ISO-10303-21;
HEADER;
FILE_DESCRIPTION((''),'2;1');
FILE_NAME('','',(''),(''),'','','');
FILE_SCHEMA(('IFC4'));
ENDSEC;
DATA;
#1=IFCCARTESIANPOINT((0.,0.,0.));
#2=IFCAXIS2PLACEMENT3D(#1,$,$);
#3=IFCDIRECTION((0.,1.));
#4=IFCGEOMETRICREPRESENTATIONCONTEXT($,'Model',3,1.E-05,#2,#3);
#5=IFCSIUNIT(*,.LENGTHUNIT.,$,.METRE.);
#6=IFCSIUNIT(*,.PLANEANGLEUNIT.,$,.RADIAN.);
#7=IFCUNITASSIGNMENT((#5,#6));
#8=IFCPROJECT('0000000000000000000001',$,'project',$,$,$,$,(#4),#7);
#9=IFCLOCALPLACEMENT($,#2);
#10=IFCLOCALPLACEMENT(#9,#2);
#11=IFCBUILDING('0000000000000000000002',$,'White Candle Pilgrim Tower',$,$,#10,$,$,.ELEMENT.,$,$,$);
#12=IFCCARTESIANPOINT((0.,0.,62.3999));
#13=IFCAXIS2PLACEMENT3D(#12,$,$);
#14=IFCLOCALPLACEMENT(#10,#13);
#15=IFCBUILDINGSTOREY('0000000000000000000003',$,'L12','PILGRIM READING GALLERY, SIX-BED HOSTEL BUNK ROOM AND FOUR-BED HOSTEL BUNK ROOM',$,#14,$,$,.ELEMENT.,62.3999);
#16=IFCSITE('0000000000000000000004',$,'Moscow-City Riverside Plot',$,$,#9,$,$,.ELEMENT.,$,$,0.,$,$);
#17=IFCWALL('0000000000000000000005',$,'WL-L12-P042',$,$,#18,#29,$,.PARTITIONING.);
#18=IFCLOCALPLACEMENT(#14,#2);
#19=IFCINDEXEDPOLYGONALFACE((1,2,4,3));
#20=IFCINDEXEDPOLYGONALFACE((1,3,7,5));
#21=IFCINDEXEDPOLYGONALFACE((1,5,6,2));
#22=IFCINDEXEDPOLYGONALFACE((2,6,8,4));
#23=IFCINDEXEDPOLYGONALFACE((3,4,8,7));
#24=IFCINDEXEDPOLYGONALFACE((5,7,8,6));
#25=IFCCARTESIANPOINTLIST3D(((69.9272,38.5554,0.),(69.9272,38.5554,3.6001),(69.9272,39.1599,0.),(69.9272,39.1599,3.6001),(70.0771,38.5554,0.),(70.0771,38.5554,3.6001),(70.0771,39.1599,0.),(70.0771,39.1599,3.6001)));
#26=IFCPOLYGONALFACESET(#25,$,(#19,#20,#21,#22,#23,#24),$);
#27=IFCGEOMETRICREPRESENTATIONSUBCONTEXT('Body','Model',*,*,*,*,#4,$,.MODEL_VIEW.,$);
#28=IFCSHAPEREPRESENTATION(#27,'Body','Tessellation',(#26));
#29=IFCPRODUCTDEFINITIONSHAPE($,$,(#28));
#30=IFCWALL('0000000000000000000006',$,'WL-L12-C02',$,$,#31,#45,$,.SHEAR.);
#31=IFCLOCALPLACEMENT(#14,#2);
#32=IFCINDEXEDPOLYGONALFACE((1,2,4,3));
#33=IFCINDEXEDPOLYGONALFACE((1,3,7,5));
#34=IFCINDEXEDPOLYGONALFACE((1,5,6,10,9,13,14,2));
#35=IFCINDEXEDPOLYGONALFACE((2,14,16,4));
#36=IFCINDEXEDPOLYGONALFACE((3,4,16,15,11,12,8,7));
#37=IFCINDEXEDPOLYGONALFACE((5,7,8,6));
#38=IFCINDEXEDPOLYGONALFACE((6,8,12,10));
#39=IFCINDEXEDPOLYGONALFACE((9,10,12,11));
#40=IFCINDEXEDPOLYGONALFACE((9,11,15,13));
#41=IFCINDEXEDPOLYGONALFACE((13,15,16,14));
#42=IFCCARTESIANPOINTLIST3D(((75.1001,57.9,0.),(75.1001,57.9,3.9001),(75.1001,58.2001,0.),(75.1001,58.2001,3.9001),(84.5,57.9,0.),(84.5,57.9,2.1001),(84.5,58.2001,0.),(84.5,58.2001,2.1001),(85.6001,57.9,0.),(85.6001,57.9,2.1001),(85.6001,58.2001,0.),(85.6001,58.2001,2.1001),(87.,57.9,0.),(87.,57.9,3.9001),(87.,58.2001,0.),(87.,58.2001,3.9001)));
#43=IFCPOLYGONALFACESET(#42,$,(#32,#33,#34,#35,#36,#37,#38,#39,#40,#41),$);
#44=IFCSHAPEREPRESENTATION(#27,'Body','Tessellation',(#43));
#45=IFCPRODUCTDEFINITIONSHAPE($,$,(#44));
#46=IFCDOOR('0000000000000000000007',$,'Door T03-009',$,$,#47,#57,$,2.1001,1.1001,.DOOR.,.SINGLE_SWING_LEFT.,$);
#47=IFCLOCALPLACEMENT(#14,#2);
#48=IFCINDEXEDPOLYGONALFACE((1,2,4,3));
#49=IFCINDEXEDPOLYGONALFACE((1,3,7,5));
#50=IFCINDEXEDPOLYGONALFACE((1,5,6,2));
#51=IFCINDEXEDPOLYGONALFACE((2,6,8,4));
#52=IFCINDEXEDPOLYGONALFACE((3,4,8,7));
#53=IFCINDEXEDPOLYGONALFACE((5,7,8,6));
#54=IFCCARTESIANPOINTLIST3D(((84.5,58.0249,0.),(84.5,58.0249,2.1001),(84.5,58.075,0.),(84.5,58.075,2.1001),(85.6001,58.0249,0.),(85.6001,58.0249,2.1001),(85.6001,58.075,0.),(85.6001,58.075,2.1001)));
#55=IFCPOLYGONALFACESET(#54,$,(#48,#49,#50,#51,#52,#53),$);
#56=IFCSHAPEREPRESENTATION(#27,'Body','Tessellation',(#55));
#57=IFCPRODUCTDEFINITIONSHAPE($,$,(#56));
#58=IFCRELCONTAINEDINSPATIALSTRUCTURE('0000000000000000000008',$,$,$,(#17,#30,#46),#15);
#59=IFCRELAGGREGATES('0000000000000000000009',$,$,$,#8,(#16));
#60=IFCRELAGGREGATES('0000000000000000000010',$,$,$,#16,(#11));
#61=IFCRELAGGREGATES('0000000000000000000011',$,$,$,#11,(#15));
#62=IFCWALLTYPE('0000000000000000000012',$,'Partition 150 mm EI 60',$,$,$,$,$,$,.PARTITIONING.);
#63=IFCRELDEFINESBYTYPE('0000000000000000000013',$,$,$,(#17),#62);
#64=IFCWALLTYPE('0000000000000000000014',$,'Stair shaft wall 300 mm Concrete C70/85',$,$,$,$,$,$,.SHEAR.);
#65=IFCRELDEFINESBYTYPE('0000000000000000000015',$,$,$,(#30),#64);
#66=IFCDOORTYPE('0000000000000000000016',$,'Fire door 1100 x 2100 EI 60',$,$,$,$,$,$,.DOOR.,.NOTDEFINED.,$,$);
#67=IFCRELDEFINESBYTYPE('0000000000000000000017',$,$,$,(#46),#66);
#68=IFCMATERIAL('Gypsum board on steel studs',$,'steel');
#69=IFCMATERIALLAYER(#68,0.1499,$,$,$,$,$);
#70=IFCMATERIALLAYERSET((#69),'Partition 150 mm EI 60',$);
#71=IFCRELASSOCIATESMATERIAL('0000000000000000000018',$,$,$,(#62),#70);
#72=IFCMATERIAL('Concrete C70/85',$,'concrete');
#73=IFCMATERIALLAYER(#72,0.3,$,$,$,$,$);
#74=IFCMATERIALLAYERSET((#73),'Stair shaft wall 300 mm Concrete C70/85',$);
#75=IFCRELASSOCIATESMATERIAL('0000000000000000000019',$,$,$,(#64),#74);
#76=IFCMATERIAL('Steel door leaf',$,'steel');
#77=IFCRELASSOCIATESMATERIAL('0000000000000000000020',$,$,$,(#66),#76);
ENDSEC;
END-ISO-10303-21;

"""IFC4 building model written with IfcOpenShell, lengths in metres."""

from ifc_helpers import new_model, si_unit, direction, frame, frame_2d, origin, place, context, subcontext, project, spatial, rectangle, extrude, material, layer, layer_set, type_object, element, fill, save


model = new_model("IFC4")

# Units and contexts
model_context = context("Model", 3, precision=1e-05, world=origin(), true_north=direction((0.0, 1.0)))
body_context = subcontext(model_context, "Body", "Model", "MODEL_VIEW")
ifc_project = project(units=[si_unit("LENGTHUNIT", "METRE"), si_unit("PLANEANGLEUNIT", "RADIAN")], contexts=[model_context])

# Site, building, storey
site_placement = place(None, origin())
site = spatial("IfcSite", under=ifc_project, at=site_placement, Name="Moscow-City Riverside Plot", CompositionType="ELEMENT", RefElevation=0.0)
building_placement = place(site_placement, origin())
building = spatial("IfcBuilding", under=site, at=building_placement, Name="White Candle Pilgrim Tower", CompositionType="ELEMENT")
storey_placement = place(building_placement, frame((0.0, 0.0, 62.3999)))
storey = spatial("IfcBuildingStorey", under=building, at=storey_placement, Name="L12", Description="PILGRIM READING GALLERY, SIX-BED HOSTEL BUNK ROOM AND FOUR-BED HOSTEL BUNK ROOM", CompositionType="ELEMENT", Elevation=62.3999)

# Shared definitions
ifc_material_1 = material(Name="Gypsum board on steel studs", Category="steel")
ifc_material_2 = material(Name="Steel door leaf", Category="steel")

# Wall
ifc_layer_1 = layer(ifc_material_1, 0.1499)
ifc_layer_set_1 = layer_set([ifc_layer_1], Name="Partition 150 mm EI 60")
wall_type_1 = type_object("IfcWallType", Name="Partition 150 mm EI 60", PredefinedType="PARTITIONING", material=ifc_layer_set_1)
wall_1_placement = place(storey_placement, frame((70.0022, 39.1599, 0.0), z_axis=(0.0, 0.0, 1.0), x_axis=(0.0, -1.0, 0.0)))
element("IfcWall", 1, at=wall_1_placement, inside=storey, type_object=wall_type_1, Name="WL-L12-P042", PredefinedType="PARTITIONING", context=body_context, shape_type="SweptSolid", body=[
    extrude(rectangle(XDim=0.6045, YDim=0.1499, at=frame_2d((0.3022, 0.0))), origin(), (0.0, 0.0, 1.0), 3.6001),
])

# Wall, opening, door
ifc_material_3 = material(Name="Concrete C70/85", Category="concrete")
ifc_layer_2 = layer(ifc_material_3, 0.3)
ifc_layer_set_2 = layer_set([ifc_layer_2], Name="Stair shaft wall 300 mm Concrete C70/85")
wall_type_2 = type_object("IfcWallType", Name="Stair shaft wall 300 mm Concrete C70/85", PredefinedType="SHEAR", material=ifc_layer_set_2)
wall_2_placement = place(storey_placement, frame((75.1001, 58.05, 0.0), z_axis=(0.0, 0.0, 1.0), x_axis=(1.0, 0.0, 0.0)))
wall_2 = element("IfcWall", 2, at=wall_2_placement, inside=storey, type_object=wall_type_2, Name="WL-L12-C02", PredefinedType="SHEAR", context=body_context, shape_type="SweptSolid", body=[
    extrude(rectangle(XDim=11.8999, YDim=0.3, at=frame_2d((5.95, 0.0))), origin(), (0.0, 0.0, 1.0), 3.9001),
])
opening_1_placement = place(wall_2_placement, frame((9.3999, 0.0, 0.0)))
opening_1 = element("IfcOpeningElement", 3, at=opening_1_placement, cuts=wall_2, PredefinedType="OPENING", context=body_context, shape_type="SweptSolid", body=[
    extrude(rectangle(XDim=1.1001, YDim=2.1001, at=frame_2d((0.55, 1.05))), frame((0.0, 0.1599, 0.0), z_axis=(0.0, -1.0, 0.0), x_axis=(1.0, 0.0, 0.0)), (0.0, 0.0, 1.0), 0.3201),
])
door_type_1 = type_object("IfcDoorType", Name="Fire door 1100 x 2100 EI 60", OperationType="NOTDEFINED", PredefinedType="DOOR", material=ifc_material_2)
door_1_placement = place(opening_1_placement, origin())
door_1 = element("IfcDoor", 4, at=door_1_placement, inside=storey, type_object=door_type_1, Name="Door T03-009", OperationType="SINGLE_SWING_LEFT", OverallHeight=2.1001, OverallWidth=1.1001, PredefinedType="DOOR", context=body_context, shape_type="SweptSolid", body=[
    extrude(rectangle(XDim=1.1001, YDim=2.1001, at=frame_2d((0.55, 1.05))), frame((0.0, 0.0249, 0.0), z_axis=(0.0, -1.0, 0.0), x_axis=(1.0, 0.0, 0.0)), (0.0, 0.0, 1.0), 0.05),
])
fill(opening_1, door_1)

save(model, "model.ifc")
